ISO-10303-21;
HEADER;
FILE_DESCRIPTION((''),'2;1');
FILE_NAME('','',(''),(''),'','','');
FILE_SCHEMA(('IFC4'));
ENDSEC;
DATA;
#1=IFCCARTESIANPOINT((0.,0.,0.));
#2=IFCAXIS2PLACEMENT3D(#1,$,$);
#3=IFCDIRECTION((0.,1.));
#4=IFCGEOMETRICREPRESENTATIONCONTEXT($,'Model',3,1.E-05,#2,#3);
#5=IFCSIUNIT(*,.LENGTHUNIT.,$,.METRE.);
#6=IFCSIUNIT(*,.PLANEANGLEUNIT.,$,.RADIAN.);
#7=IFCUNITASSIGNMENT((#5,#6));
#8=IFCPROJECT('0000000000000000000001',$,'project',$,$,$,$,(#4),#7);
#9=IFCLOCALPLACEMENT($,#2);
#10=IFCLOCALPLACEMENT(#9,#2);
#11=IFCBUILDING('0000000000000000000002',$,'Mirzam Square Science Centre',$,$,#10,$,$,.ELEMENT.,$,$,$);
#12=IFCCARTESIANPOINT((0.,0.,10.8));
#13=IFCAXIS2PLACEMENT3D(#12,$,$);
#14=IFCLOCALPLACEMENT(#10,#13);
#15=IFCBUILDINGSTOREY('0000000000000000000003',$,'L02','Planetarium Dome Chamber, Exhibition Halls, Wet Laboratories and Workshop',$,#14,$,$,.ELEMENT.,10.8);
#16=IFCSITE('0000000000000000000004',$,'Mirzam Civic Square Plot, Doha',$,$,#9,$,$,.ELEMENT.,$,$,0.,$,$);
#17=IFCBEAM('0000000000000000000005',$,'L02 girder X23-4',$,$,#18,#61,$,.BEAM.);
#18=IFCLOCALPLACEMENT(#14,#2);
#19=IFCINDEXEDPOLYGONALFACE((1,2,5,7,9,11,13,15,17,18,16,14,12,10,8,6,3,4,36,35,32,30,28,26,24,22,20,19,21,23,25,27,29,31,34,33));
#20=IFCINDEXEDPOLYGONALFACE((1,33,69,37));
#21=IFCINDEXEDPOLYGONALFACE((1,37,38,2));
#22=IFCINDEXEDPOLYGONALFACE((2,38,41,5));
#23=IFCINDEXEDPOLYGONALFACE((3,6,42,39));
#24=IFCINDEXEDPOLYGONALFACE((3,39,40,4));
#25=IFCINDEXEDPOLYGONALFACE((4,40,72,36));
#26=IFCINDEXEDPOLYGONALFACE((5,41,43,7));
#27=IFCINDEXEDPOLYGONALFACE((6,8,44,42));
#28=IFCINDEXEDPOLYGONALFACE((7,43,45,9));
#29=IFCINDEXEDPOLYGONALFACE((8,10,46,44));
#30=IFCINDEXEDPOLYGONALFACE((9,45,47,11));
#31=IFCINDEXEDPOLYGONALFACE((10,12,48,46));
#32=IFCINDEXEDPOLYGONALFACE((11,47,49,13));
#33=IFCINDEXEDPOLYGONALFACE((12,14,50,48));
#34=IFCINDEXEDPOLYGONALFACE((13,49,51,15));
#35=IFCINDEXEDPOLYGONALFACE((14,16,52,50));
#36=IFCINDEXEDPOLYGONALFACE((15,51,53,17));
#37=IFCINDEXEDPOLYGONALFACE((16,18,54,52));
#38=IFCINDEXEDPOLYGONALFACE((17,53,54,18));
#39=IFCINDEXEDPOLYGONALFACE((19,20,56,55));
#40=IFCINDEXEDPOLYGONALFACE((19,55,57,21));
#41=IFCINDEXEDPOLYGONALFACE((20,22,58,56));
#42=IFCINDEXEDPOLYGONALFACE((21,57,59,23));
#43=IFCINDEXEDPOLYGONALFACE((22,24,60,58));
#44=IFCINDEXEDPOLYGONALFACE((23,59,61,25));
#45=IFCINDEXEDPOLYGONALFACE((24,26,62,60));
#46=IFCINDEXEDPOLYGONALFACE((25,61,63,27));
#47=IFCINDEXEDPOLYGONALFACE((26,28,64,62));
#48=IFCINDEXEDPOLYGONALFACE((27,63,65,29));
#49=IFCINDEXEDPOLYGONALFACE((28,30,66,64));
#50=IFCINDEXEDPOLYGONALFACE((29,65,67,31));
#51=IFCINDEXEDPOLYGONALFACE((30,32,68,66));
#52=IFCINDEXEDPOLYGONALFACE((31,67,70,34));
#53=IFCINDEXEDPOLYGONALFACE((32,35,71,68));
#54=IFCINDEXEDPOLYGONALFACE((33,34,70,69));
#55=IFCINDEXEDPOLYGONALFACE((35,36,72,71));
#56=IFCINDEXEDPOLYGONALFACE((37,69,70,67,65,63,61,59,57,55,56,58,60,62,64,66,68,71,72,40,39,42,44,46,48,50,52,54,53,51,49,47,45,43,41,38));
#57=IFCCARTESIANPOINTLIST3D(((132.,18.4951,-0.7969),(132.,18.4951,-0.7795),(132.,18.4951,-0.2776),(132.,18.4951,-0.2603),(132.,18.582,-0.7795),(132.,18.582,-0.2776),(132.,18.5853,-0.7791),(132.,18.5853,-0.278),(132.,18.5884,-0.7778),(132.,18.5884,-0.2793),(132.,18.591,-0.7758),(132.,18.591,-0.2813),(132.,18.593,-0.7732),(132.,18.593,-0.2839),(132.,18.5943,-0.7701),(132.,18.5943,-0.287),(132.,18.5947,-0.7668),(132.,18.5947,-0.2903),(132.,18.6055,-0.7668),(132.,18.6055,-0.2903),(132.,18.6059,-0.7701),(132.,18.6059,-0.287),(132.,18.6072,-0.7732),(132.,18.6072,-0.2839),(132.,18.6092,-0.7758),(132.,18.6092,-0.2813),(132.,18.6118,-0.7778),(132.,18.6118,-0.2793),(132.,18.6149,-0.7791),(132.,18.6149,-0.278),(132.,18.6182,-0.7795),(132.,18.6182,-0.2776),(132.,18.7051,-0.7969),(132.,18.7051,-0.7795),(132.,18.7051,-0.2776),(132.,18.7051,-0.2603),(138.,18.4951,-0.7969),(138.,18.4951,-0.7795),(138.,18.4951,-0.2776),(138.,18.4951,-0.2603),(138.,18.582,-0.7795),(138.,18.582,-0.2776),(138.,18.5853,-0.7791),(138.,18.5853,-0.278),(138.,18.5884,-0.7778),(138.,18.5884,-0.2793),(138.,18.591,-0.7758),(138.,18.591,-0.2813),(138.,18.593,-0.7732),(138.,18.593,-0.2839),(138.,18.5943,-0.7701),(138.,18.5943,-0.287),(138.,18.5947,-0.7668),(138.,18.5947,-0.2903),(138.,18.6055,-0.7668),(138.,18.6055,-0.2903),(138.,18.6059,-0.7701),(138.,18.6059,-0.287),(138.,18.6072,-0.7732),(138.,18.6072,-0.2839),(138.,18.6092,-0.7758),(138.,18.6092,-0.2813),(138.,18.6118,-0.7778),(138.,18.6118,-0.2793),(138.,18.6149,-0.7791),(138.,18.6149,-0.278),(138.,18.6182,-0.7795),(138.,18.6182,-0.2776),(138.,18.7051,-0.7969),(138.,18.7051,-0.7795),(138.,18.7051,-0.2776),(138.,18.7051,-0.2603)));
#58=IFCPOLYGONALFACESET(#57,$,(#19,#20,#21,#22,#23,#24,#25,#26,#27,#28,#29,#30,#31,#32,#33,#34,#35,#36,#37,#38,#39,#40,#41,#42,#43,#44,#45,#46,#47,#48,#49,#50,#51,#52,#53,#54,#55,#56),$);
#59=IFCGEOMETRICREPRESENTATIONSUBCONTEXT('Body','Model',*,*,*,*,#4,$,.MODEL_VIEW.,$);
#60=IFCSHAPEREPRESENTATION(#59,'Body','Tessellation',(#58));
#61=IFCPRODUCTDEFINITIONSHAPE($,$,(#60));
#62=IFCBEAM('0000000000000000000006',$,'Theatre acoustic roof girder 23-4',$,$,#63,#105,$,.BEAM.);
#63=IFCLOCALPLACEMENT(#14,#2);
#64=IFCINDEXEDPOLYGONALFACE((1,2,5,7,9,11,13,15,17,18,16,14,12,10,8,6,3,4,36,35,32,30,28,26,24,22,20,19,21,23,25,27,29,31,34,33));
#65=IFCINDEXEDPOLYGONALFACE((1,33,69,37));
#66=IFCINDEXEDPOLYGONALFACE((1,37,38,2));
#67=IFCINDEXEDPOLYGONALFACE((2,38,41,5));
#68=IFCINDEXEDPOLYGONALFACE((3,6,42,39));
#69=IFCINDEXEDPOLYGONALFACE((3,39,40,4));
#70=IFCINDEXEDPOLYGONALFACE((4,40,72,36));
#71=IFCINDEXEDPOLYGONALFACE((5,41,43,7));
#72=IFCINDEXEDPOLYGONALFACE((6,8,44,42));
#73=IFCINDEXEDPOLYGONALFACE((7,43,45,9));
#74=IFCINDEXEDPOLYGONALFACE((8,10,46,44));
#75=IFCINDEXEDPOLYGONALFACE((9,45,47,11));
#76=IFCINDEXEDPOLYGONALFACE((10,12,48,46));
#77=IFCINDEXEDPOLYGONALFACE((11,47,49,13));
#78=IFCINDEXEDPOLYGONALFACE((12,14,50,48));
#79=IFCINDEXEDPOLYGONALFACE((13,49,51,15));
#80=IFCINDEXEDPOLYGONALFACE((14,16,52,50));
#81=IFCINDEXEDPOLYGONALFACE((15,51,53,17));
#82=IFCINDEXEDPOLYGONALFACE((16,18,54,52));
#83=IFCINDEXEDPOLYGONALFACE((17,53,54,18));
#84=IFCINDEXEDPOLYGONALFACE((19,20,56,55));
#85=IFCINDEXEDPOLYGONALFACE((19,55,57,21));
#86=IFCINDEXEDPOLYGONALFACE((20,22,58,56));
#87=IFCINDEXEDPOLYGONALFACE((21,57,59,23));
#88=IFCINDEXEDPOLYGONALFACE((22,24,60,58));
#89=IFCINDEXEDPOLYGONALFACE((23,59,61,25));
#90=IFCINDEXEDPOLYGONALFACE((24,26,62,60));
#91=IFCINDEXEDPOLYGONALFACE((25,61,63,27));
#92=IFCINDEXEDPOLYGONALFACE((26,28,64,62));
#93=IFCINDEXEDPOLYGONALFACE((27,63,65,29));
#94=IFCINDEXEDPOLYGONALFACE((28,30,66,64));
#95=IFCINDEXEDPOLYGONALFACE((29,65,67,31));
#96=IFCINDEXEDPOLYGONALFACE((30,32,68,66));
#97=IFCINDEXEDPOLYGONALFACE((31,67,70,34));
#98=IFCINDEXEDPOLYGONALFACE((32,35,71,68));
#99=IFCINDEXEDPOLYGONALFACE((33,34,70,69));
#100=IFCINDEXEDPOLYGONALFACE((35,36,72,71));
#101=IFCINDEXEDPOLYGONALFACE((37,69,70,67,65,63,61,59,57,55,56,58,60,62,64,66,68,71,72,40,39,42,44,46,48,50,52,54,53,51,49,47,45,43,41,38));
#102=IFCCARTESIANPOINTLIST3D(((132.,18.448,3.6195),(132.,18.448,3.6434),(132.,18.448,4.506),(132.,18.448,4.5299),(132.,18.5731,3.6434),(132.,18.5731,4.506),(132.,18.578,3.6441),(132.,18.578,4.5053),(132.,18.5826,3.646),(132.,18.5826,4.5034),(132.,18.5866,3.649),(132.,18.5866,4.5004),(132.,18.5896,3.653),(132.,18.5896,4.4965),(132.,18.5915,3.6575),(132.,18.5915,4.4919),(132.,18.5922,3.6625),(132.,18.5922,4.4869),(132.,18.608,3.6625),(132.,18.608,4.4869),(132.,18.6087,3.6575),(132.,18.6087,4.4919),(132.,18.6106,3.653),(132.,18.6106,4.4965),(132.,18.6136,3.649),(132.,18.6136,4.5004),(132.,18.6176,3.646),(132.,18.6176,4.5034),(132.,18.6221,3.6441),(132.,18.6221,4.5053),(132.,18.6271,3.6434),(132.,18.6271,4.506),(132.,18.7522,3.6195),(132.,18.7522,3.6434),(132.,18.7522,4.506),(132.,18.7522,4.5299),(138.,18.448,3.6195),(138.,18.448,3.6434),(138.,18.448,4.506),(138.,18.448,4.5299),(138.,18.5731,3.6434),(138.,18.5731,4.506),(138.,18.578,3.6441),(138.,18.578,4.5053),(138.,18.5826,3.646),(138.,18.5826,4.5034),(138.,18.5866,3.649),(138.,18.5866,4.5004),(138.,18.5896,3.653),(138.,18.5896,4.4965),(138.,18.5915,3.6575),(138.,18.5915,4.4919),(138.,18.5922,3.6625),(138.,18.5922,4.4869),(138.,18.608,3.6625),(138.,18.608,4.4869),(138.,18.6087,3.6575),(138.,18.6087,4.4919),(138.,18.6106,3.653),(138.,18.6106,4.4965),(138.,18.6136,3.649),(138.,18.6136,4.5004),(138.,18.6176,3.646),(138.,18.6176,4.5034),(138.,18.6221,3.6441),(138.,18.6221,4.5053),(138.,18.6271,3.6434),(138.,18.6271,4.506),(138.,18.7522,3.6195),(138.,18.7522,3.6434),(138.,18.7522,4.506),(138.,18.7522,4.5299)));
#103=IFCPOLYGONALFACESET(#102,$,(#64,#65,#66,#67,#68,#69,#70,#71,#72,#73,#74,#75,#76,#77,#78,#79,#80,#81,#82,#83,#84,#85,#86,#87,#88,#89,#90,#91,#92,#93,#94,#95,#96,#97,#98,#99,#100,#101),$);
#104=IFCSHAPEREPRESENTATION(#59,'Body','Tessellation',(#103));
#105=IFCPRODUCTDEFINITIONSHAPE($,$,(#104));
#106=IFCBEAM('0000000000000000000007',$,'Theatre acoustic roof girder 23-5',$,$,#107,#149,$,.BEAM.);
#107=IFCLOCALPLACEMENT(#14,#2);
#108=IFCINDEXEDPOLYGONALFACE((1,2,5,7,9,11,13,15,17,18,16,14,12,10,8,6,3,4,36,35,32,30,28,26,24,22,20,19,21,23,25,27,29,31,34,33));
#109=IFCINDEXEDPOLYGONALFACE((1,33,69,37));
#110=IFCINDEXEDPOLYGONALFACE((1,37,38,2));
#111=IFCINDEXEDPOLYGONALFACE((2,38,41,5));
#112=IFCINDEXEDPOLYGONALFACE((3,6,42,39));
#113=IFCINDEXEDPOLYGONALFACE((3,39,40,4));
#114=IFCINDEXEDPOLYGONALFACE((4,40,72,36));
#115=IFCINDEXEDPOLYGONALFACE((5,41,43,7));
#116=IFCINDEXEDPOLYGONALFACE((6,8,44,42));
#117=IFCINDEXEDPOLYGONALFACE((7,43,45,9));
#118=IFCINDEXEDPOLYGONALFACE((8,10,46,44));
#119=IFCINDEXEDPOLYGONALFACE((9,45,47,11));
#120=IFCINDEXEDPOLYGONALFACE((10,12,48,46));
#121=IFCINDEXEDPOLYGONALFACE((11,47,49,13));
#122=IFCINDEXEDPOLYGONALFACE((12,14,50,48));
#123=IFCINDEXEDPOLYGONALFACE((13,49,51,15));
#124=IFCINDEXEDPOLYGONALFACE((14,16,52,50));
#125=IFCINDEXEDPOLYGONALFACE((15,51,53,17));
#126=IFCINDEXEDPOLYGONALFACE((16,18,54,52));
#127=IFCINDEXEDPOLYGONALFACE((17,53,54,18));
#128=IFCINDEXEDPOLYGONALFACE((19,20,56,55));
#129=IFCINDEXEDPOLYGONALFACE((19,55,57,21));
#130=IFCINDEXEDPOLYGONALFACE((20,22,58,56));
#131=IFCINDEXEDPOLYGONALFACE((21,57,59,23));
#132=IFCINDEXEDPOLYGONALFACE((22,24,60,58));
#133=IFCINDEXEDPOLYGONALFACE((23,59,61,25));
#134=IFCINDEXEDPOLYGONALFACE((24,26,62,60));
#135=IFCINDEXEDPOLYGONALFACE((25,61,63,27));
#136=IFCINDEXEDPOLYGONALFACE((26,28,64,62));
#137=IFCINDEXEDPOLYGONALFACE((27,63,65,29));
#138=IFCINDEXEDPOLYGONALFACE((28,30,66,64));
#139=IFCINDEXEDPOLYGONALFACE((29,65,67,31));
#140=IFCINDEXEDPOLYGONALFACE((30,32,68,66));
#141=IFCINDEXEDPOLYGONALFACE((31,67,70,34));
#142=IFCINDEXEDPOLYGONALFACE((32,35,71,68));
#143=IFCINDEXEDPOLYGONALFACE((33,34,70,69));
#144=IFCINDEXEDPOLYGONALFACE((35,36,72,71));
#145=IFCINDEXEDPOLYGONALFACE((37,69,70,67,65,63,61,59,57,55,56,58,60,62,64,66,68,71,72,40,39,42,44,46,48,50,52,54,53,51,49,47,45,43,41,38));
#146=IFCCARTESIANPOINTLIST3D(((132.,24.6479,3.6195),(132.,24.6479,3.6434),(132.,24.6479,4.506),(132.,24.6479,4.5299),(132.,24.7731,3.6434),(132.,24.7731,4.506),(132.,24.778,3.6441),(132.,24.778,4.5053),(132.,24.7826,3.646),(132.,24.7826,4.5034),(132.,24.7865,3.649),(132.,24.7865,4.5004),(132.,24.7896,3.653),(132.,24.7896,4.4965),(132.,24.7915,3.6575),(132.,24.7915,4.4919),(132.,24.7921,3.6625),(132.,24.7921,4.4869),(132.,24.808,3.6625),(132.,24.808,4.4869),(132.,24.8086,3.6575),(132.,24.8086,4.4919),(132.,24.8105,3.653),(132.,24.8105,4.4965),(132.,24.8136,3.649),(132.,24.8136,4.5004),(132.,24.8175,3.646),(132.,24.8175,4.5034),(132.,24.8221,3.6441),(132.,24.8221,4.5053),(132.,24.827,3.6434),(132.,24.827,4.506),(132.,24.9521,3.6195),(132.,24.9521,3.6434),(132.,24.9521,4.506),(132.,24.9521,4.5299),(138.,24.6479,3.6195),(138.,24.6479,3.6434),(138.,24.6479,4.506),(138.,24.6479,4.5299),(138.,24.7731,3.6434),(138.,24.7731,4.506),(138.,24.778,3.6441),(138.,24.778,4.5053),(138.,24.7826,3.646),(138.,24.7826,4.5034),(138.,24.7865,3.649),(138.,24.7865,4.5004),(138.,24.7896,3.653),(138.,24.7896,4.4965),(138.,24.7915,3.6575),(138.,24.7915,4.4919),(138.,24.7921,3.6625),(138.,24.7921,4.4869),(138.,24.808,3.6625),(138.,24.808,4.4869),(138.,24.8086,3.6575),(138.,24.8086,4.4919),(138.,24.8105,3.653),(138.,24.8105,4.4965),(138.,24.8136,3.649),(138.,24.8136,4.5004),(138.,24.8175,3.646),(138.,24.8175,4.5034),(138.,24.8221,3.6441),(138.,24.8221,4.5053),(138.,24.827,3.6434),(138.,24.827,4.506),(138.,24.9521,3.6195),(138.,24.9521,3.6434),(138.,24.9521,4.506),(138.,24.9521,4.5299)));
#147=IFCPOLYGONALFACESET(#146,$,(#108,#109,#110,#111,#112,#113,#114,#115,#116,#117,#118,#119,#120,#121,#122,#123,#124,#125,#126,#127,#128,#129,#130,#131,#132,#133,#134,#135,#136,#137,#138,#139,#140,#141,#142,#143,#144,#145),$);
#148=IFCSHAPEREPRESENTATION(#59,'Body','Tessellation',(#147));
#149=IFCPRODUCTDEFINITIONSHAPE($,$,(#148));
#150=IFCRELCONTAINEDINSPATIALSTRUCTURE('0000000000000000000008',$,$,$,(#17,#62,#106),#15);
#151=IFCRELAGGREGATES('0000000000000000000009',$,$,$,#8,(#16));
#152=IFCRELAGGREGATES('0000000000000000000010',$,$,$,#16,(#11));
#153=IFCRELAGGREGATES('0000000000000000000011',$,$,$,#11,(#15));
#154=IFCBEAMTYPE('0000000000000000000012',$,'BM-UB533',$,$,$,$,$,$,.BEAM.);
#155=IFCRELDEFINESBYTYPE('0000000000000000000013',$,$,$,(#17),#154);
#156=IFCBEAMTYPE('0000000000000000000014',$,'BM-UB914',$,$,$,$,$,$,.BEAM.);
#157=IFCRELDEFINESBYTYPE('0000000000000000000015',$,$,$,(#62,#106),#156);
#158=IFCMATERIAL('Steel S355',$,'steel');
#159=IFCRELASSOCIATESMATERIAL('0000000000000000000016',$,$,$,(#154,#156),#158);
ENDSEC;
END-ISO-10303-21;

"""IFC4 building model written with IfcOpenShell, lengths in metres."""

from ifc_helpers import new_model, si_unit, direction, frame, origin, origin_2d, place, context, subcontext, project, spatial, i_section, extrude, material, material_profile, profile_set, type_object, element, save


model = new_model("IFC4")

# Units and contexts
model_context = context("Model", 3, precision=1e-05, world=origin(), true_north=direction((0.0, 1.0)))
body_context = subcontext(model_context, "Body", "Model", "MODEL_VIEW")
ifc_project = project(units=[si_unit("LENGTHUNIT", "METRE"), si_unit("PLANEANGLEUNIT", "RADIAN")], contexts=[model_context])

# Site, building, storey
site_placement = place(None, origin())
site = spatial("IfcSite", under=ifc_project, at=site_placement, Name="Mirzam Civic Square Plot, Doha", CompositionType="ELEMENT", RefElevation=0.0)
building_placement = place(site_placement, origin())
building = spatial("IfcBuilding", under=site, at=building_placement, Name="Mirzam Square Science Centre", CompositionType="ELEMENT")
storey_placement = place(building_placement, frame((0.0, 0.0, 10.8)))
storey = spatial("IfcBuildingStorey", under=building, at=storey_placement, Name="L02", Description="Planetarium Dome Chamber, Exhibition Halls, Wet Laboratories and Workshop", CompositionType="ELEMENT", Elevation=10.8)

# Shared definitions
ifc_material_1 = material(Name="Steel S355", Category="steel")

# Beams
ifc_material_profile_1 = material_profile(ifc_material_1, i_section(OverallWidth=0.21, OverallDepth=0.5366, WebThickness=0.0107, FlangeThickness=0.0173, FilletRadius=0.0127, at=origin_2d()), Name="533x210x101UB")
ifc_profile_set_1 = profile_set([ifc_material_profile_1], Name="Steel S355")
beam_type_1 = type_object("IfcBeamType", Name="BM-UB533", PredefinedType="BEAM", material=ifc_profile_set_1)
beam_1_placement = place(storey_placement, frame((132.0, 18.6001, -0.5286), z_axis=(1.0, 0.0, 0.0), x_axis=(0.0, 1.0, 0.0)))
element("IfcBeam", 1, at=beam_1_placement, inside=storey, type_object=beam_type_1, Name="L02 girder X23-4", PredefinedType="BEAM", context=body_context, shape_type="SweptSolid", body=[
    extrude(i_section(OverallWidth=0.21, OverallDepth=0.5366, WebThickness=0.0107, FlangeThickness=0.0173, FilletRadius=0.0127, at=origin_2d()), origin(), (0.0, 0.0, 1.0), 6.0),
])
ifc_material_profile_2 = material_profile(ifc_material_1, i_section(OverallWidth=0.3042, OverallDepth=0.9104, WebThickness=0.0159, FlangeThickness=0.0239, FilletRadius=0.019, at=origin_2d()), Name="914x305x224UB")
ifc_profile_set_2 = profile_set([ifc_material_profile_2], Name="Steel S355")
beam_type_2 = type_object("IfcBeamType", Name="BM-UB914", PredefinedType="BEAM", material=ifc_profile_set_2)
for number, where, z_axis, x_axis, name in (
    (2, (132.0, 18.6001, 4.0747), (1.0, 0.0, 0.0), (0.0, 1.0, 0.0), "Theatre acoustic roof girder 23-4"),
    (3, (132.0, 24.8, 4.0747), (1.0, 0.0, 0.0), (0.0, 1.0, 0.0), "Theatre acoustic roof girder 23-5"),
):
    element("IfcBeam", number, at=place(storey_placement, frame(where, z_axis=z_axis, x_axis=x_axis)), inside=storey, type_object=beam_type_2, Name=name, PredefinedType="BEAM", context=body_context, shape_type="SweptSolid", body=[
        extrude(i_section(OverallWidth=0.3042, OverallDepth=0.9104, WebThickness=0.0159, FlangeThickness=0.0239, FilletRadius=0.019, at=origin_2d()), origin(), (0.0, 0.0, 1.0), 6.0),
    ])

save(model, "model.ifc")
